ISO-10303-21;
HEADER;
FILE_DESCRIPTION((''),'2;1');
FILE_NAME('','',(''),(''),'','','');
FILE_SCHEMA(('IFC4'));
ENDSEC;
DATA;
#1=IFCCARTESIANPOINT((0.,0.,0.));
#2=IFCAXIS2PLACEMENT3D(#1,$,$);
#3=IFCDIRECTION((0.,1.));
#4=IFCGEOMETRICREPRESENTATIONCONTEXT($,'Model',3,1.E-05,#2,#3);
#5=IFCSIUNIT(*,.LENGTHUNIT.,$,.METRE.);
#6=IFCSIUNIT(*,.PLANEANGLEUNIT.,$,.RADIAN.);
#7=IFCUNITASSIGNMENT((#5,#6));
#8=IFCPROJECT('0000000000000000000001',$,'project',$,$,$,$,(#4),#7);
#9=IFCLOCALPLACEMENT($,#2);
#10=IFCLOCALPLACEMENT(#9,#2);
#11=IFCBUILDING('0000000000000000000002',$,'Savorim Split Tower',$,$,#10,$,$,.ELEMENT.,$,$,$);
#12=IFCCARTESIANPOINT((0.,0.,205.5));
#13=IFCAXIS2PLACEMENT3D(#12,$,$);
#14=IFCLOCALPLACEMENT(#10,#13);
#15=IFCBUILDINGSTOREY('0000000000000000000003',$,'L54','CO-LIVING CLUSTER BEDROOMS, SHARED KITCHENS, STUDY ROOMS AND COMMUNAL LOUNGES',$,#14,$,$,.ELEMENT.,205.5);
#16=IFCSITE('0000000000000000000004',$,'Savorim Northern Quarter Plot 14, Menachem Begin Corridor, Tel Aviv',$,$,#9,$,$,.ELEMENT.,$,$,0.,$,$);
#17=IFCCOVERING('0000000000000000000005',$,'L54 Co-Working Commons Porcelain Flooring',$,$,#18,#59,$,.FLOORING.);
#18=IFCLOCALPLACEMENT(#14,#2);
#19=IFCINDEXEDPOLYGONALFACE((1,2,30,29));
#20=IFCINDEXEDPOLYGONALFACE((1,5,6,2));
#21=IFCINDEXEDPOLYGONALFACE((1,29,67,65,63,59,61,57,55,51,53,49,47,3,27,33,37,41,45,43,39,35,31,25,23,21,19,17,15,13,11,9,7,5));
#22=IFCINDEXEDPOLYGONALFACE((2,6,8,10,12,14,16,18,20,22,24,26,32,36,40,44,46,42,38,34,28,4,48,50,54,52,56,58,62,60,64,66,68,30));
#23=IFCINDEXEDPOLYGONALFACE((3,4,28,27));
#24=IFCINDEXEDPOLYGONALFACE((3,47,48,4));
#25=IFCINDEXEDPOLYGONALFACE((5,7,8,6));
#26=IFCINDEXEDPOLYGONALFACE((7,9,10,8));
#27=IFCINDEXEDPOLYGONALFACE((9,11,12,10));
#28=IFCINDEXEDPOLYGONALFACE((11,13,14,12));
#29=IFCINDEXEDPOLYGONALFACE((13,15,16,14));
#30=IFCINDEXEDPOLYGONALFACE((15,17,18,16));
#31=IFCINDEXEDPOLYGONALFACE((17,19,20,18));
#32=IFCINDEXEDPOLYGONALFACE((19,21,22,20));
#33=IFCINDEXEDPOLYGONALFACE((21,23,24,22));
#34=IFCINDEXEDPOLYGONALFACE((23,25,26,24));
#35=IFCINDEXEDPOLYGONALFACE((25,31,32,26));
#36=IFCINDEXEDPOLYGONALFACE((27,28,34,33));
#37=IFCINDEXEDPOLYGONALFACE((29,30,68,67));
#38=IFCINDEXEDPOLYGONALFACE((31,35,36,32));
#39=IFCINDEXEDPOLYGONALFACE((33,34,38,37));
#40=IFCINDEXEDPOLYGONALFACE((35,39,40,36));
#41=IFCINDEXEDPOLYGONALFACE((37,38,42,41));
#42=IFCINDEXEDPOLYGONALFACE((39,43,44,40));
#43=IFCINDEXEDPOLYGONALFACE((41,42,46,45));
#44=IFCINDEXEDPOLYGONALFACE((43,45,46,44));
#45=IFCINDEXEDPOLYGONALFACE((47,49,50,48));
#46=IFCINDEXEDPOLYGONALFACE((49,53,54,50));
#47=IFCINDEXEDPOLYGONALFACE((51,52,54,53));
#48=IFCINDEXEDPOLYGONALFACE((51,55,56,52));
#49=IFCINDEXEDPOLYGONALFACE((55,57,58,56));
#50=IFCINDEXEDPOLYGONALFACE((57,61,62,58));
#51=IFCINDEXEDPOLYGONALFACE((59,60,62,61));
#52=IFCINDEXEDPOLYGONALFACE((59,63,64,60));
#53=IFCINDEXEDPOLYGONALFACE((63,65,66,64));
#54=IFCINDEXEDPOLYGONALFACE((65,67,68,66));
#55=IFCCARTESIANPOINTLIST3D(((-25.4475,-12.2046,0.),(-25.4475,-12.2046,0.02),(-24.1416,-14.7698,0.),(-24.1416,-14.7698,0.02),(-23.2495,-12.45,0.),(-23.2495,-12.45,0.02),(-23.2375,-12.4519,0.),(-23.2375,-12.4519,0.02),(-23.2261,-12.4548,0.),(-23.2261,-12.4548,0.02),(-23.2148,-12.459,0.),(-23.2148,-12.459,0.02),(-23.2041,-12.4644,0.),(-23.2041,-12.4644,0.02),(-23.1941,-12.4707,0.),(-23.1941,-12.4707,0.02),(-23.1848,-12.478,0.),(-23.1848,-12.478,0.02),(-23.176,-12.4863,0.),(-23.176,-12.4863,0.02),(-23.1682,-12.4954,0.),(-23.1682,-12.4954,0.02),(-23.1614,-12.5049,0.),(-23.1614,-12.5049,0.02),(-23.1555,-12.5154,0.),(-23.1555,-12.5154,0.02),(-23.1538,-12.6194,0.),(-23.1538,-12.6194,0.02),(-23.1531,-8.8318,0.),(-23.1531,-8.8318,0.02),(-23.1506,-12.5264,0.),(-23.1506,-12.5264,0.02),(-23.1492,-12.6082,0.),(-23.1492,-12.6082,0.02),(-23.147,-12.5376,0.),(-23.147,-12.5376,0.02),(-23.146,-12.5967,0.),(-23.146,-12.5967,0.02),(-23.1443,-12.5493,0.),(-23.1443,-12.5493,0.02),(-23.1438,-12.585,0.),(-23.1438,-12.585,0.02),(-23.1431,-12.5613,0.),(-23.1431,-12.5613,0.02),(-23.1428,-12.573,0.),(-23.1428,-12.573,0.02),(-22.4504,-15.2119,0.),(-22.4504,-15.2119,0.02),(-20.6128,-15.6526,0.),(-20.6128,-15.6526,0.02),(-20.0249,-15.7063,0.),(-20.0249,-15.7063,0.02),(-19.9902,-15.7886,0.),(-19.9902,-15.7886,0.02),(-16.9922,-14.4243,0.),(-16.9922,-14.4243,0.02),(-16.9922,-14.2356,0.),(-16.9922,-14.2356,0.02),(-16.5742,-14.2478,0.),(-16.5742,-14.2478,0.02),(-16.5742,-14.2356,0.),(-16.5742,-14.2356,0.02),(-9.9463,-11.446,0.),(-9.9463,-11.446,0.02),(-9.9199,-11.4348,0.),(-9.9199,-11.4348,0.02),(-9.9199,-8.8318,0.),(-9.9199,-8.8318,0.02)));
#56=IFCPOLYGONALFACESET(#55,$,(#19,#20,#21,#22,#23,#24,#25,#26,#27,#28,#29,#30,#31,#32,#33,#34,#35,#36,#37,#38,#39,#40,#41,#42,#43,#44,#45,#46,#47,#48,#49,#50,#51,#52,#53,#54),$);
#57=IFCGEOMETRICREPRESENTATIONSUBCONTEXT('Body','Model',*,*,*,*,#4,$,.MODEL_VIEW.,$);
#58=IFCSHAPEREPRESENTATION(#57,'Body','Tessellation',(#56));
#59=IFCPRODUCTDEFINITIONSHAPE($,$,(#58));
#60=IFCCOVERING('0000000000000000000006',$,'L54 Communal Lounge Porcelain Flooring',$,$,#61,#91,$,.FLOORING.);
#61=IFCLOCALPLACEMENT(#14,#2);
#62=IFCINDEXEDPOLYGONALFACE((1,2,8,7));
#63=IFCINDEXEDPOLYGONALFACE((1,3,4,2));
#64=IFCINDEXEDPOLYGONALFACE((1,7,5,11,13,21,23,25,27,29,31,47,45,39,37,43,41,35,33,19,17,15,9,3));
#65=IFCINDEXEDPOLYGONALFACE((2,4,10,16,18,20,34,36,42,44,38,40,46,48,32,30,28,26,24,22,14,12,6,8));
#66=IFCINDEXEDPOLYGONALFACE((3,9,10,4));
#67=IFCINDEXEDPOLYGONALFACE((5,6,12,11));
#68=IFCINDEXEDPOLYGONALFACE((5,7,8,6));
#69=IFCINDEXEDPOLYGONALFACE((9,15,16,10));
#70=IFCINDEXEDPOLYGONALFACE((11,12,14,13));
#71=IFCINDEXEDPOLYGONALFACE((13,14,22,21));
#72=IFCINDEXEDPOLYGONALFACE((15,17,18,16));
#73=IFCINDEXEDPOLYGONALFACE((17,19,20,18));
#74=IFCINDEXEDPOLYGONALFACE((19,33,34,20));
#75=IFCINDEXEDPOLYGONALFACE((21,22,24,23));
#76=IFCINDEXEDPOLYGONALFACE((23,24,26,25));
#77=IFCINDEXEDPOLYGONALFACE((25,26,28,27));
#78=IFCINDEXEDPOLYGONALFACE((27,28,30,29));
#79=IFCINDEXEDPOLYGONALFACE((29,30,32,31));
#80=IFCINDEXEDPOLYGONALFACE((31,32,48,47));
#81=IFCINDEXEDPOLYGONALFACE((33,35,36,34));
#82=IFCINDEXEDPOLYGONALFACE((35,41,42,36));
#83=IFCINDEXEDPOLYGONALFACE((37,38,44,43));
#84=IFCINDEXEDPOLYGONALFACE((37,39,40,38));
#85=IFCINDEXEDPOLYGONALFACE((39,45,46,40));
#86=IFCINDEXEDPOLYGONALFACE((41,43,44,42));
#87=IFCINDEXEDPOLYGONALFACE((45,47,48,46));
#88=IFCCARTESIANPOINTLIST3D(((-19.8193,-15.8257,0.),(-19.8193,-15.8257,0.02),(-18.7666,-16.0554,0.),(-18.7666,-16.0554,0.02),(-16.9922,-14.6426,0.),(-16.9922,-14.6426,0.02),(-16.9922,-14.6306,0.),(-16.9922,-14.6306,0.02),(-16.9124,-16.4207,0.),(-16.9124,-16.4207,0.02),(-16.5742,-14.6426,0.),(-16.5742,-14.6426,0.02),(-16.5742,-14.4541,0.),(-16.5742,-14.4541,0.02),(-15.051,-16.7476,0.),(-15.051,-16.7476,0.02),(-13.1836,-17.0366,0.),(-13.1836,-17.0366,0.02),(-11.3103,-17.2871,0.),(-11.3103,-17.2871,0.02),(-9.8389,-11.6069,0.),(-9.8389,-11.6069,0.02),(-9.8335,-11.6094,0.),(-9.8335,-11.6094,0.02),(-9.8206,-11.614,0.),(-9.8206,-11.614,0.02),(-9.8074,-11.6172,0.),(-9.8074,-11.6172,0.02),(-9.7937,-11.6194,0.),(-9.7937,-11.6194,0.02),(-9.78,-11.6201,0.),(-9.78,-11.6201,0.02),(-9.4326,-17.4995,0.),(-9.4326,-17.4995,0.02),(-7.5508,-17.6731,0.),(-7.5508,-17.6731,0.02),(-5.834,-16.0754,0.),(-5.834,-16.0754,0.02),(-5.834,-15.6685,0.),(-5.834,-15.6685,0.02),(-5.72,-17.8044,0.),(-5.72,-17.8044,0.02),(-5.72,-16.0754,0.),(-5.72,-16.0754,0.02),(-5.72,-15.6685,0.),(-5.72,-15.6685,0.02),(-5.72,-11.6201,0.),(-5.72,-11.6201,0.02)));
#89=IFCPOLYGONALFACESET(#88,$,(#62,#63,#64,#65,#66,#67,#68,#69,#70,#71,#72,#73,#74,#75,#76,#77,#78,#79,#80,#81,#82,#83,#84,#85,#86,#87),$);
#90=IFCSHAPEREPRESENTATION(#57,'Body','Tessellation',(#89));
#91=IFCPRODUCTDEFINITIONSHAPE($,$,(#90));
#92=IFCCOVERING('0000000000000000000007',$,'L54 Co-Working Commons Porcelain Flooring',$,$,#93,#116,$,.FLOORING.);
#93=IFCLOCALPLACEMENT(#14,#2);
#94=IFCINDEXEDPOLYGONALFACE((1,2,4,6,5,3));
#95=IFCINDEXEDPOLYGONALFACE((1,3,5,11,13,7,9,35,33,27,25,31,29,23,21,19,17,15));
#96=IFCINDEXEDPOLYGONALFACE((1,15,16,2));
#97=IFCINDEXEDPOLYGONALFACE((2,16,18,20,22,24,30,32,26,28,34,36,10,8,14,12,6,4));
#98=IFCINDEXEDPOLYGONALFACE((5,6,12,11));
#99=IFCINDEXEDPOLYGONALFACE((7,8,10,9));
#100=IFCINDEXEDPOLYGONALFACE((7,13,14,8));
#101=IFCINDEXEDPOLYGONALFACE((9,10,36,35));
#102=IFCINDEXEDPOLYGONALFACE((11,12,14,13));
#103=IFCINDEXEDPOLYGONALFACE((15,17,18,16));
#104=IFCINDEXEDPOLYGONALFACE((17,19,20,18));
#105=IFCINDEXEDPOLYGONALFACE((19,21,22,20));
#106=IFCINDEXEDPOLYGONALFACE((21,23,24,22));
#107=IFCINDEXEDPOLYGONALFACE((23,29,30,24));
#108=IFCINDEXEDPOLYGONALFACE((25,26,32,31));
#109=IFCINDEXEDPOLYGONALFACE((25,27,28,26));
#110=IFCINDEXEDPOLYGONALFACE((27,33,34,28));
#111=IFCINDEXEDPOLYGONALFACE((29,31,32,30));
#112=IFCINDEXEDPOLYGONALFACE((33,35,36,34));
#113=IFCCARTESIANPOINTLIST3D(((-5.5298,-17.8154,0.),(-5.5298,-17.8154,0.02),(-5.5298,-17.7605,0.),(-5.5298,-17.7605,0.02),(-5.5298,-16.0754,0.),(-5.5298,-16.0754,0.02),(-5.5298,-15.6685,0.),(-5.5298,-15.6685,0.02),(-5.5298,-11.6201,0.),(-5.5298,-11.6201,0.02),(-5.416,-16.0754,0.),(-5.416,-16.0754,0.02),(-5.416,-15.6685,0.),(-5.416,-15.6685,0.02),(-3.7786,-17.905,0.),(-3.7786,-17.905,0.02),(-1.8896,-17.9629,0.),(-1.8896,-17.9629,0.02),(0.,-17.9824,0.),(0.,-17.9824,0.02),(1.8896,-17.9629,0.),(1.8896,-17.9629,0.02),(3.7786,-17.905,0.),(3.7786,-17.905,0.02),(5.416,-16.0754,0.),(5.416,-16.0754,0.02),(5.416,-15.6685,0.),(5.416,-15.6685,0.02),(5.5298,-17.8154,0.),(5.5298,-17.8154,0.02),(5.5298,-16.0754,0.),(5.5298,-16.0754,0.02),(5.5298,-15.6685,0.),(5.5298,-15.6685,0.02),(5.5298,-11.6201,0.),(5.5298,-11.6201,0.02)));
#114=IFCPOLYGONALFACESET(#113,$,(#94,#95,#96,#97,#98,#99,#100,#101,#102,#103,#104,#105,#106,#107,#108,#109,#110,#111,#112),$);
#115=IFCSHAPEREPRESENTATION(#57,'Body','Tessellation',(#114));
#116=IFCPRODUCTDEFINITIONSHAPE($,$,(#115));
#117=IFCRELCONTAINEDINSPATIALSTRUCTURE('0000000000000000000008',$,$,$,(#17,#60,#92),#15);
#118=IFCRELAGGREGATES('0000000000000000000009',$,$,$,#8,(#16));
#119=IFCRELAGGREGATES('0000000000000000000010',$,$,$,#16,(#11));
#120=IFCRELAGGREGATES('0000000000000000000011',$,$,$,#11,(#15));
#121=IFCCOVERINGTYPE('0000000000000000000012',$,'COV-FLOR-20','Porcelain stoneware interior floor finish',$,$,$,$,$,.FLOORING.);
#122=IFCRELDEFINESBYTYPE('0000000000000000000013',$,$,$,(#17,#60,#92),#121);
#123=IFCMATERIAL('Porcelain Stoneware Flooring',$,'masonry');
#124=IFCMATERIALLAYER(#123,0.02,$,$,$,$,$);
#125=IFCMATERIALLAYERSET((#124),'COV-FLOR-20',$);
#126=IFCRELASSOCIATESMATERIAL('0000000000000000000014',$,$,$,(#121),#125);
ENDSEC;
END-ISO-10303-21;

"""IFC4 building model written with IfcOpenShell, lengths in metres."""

from ifc_helpers import new_model, si_unit, direction, frame, origin, place, context, subcontext, project, spatial, polyline, outline, extrude, material, layer, layer_set, type_object, element, save


model = new_model("IFC4")

# Units and contexts
model_context = context("Model", 3, precision=1e-05, world=origin(), true_north=direction((0.0, 1.0)))
body_context = subcontext(model_context, "Body", "Model", "MODEL_VIEW")
ifc_project = project(units=[si_unit("LENGTHUNIT", "METRE"), si_unit("PLANEANGLEUNIT", "RADIAN")], contexts=[model_context])

# Site, building, storey
site_placement = place(None, origin())
site = spatial("IfcSite", under=ifc_project, at=site_placement, Name="Savorim Northern Quarter Plot 14, Menachem Begin Corridor, Tel Aviv", CompositionType="ELEMENT", RefElevation=0.0)
building_placement = place(site_placement, origin())
building = spatial("IfcBuilding", under=site, at=building_placement, Name="Savorim Split Tower", CompositionType="ELEMENT")
storey_placement = place(building_placement, frame((0.0, 0.0, 205.5)))
storey = spatial("IfcBuildingStorey", under=building, at=storey_placement, Name="L54", Description="CO-LIVING CLUSTER BEDROOMS, SHARED KITCHENS, STUDY ROOMS AND COMMUNAL LOUNGES", CompositionType="ELEMENT", Elevation=205.5)

# Coverings
ifc_material_1 = material(Name="Porcelain Stoneware Flooring", Category="masonry")
ifc_layer_1 = layer(ifc_material_1, 0.02)
ifc_layer_set_1 = layer_set([ifc_layer_1], Name="COV-FLOR-20")
covering_type_1 = type_object("IfcCoveringType", Name="COV-FLOR-20", Description="Porcelain stoneware interior floor finish", PredefinedType="FLOORING", material=ifc_layer_set_1)
covering_1_placement = place(storey_placement, origin())
element("IfcCovering", 1, at=covering_1_placement, inside=storey, type_object=covering_type_1, Name="L54 Co-Working Commons Porcelain Flooring", PredefinedType="FLOORING", context=body_context, shape_type="SweptSolid", body=[
    extrude(outline(polyline([(-23.1431, -12.5613), (-23.1428, -12.573), (-23.1438, -12.585), (-23.146, -12.5967), (-23.1492, -12.6082), (-23.1538, -12.6194), (-24.1416, -14.7698), (-22.4504, -15.2119), (-20.6128, -15.6526), (-19.9902, -15.7886), (-20.0249, -15.7063), (-16.9922, -14.4243), (-16.9922, -14.2356), (-16.5742, -14.2356), (-16.5742, -14.2478), (-9.9463, -11.446), (-9.9199, -11.4348), (-9.9199, -8.8318), (-23.1531, -8.8318), (-25.4475, -12.2046), (-23.2495, -12.45), (-23.2375, -12.4519), (-23.2261, -12.4548), (-23.2148, -12.459), (-23.2041, -12.4644), (-23.1941, -12.4707), (-23.1848, -12.478), (-23.176, -12.4863), (-23.1682, -12.4954), (-23.1614, -12.5049), (-23.1555, -12.5154), (-23.1506, -12.5264), (-23.147, -12.5376), (-23.1443, -12.5493), (-23.1431, -12.5613)])), origin(), (0.0, 0.0, 1.0), 0.02),
])
covering_2_placement = place(storey_placement, origin())
element("IfcCovering", 2, at=covering_2_placement, inside=storey, type_object=covering_type_1, Name="L54 Communal Lounge Porcelain Flooring", PredefinedType="FLOORING", context=body_context, shape_type="SweptSolid", body=[
    extrude(outline(polyline([(-13.1836, -17.0366), (-11.3103, -17.2871), (-9.4326, -17.4995), (-7.5508, -17.6731), (-5.72, -17.8044), (-5.72, -16.0754), (-5.834, -16.0754), (-5.834, -15.6685), (-5.72, -15.6685), (-5.72, -11.6201), (-9.78, -11.6201), (-9.7937, -11.6194), (-9.8074, -11.6172), (-9.8206, -11.614), (-9.8335, -11.6094), (-9.8389, -11.6069), (-16.5742, -14.4541), (-16.5742, -14.6426), (-16.9922, -14.6426), (-16.9922, -14.6306), (-19.8193, -15.8257), (-18.7666, -16.0554), (-16.9124, -16.4207), (-15.051, -16.7476), (-13.1836, -17.0366)])), origin(), (0.0, 0.0, 1.0), 0.02),
])
covering_3_placement = place(storey_placement, origin())
element("IfcCovering", 3, at=covering_3_placement, inside=storey, type_object=covering_type_1, Name="L54 Co-Working Commons Porcelain Flooring", PredefinedType="FLOORING", context=body_context, shape_type="SweptSolid", body=[
    extrude(outline(polyline([(-1.8896, -17.9629), (0.0, -17.9824), (1.8896, -17.9629), (3.7786, -17.905), (5.5298, -17.8154), (5.5298, -16.0754), (5.416, -16.0754), (5.416, -15.6685), (5.5298, -15.6685), (5.5298, -11.6201), (-5.5298, -11.6201), (-5.5298, -15.6685), (-5.416, -15.6685), (-5.416, -16.0754), (-5.5298, -16.0754), (-5.5298, -17.7605), (-5.5298, -17.8154), (-3.7786, -17.905), (-1.8896, -17.9629)])), origin(), (0.0, 0.0, 1.0), 0.02),
])

save(model, "model.ifc")
